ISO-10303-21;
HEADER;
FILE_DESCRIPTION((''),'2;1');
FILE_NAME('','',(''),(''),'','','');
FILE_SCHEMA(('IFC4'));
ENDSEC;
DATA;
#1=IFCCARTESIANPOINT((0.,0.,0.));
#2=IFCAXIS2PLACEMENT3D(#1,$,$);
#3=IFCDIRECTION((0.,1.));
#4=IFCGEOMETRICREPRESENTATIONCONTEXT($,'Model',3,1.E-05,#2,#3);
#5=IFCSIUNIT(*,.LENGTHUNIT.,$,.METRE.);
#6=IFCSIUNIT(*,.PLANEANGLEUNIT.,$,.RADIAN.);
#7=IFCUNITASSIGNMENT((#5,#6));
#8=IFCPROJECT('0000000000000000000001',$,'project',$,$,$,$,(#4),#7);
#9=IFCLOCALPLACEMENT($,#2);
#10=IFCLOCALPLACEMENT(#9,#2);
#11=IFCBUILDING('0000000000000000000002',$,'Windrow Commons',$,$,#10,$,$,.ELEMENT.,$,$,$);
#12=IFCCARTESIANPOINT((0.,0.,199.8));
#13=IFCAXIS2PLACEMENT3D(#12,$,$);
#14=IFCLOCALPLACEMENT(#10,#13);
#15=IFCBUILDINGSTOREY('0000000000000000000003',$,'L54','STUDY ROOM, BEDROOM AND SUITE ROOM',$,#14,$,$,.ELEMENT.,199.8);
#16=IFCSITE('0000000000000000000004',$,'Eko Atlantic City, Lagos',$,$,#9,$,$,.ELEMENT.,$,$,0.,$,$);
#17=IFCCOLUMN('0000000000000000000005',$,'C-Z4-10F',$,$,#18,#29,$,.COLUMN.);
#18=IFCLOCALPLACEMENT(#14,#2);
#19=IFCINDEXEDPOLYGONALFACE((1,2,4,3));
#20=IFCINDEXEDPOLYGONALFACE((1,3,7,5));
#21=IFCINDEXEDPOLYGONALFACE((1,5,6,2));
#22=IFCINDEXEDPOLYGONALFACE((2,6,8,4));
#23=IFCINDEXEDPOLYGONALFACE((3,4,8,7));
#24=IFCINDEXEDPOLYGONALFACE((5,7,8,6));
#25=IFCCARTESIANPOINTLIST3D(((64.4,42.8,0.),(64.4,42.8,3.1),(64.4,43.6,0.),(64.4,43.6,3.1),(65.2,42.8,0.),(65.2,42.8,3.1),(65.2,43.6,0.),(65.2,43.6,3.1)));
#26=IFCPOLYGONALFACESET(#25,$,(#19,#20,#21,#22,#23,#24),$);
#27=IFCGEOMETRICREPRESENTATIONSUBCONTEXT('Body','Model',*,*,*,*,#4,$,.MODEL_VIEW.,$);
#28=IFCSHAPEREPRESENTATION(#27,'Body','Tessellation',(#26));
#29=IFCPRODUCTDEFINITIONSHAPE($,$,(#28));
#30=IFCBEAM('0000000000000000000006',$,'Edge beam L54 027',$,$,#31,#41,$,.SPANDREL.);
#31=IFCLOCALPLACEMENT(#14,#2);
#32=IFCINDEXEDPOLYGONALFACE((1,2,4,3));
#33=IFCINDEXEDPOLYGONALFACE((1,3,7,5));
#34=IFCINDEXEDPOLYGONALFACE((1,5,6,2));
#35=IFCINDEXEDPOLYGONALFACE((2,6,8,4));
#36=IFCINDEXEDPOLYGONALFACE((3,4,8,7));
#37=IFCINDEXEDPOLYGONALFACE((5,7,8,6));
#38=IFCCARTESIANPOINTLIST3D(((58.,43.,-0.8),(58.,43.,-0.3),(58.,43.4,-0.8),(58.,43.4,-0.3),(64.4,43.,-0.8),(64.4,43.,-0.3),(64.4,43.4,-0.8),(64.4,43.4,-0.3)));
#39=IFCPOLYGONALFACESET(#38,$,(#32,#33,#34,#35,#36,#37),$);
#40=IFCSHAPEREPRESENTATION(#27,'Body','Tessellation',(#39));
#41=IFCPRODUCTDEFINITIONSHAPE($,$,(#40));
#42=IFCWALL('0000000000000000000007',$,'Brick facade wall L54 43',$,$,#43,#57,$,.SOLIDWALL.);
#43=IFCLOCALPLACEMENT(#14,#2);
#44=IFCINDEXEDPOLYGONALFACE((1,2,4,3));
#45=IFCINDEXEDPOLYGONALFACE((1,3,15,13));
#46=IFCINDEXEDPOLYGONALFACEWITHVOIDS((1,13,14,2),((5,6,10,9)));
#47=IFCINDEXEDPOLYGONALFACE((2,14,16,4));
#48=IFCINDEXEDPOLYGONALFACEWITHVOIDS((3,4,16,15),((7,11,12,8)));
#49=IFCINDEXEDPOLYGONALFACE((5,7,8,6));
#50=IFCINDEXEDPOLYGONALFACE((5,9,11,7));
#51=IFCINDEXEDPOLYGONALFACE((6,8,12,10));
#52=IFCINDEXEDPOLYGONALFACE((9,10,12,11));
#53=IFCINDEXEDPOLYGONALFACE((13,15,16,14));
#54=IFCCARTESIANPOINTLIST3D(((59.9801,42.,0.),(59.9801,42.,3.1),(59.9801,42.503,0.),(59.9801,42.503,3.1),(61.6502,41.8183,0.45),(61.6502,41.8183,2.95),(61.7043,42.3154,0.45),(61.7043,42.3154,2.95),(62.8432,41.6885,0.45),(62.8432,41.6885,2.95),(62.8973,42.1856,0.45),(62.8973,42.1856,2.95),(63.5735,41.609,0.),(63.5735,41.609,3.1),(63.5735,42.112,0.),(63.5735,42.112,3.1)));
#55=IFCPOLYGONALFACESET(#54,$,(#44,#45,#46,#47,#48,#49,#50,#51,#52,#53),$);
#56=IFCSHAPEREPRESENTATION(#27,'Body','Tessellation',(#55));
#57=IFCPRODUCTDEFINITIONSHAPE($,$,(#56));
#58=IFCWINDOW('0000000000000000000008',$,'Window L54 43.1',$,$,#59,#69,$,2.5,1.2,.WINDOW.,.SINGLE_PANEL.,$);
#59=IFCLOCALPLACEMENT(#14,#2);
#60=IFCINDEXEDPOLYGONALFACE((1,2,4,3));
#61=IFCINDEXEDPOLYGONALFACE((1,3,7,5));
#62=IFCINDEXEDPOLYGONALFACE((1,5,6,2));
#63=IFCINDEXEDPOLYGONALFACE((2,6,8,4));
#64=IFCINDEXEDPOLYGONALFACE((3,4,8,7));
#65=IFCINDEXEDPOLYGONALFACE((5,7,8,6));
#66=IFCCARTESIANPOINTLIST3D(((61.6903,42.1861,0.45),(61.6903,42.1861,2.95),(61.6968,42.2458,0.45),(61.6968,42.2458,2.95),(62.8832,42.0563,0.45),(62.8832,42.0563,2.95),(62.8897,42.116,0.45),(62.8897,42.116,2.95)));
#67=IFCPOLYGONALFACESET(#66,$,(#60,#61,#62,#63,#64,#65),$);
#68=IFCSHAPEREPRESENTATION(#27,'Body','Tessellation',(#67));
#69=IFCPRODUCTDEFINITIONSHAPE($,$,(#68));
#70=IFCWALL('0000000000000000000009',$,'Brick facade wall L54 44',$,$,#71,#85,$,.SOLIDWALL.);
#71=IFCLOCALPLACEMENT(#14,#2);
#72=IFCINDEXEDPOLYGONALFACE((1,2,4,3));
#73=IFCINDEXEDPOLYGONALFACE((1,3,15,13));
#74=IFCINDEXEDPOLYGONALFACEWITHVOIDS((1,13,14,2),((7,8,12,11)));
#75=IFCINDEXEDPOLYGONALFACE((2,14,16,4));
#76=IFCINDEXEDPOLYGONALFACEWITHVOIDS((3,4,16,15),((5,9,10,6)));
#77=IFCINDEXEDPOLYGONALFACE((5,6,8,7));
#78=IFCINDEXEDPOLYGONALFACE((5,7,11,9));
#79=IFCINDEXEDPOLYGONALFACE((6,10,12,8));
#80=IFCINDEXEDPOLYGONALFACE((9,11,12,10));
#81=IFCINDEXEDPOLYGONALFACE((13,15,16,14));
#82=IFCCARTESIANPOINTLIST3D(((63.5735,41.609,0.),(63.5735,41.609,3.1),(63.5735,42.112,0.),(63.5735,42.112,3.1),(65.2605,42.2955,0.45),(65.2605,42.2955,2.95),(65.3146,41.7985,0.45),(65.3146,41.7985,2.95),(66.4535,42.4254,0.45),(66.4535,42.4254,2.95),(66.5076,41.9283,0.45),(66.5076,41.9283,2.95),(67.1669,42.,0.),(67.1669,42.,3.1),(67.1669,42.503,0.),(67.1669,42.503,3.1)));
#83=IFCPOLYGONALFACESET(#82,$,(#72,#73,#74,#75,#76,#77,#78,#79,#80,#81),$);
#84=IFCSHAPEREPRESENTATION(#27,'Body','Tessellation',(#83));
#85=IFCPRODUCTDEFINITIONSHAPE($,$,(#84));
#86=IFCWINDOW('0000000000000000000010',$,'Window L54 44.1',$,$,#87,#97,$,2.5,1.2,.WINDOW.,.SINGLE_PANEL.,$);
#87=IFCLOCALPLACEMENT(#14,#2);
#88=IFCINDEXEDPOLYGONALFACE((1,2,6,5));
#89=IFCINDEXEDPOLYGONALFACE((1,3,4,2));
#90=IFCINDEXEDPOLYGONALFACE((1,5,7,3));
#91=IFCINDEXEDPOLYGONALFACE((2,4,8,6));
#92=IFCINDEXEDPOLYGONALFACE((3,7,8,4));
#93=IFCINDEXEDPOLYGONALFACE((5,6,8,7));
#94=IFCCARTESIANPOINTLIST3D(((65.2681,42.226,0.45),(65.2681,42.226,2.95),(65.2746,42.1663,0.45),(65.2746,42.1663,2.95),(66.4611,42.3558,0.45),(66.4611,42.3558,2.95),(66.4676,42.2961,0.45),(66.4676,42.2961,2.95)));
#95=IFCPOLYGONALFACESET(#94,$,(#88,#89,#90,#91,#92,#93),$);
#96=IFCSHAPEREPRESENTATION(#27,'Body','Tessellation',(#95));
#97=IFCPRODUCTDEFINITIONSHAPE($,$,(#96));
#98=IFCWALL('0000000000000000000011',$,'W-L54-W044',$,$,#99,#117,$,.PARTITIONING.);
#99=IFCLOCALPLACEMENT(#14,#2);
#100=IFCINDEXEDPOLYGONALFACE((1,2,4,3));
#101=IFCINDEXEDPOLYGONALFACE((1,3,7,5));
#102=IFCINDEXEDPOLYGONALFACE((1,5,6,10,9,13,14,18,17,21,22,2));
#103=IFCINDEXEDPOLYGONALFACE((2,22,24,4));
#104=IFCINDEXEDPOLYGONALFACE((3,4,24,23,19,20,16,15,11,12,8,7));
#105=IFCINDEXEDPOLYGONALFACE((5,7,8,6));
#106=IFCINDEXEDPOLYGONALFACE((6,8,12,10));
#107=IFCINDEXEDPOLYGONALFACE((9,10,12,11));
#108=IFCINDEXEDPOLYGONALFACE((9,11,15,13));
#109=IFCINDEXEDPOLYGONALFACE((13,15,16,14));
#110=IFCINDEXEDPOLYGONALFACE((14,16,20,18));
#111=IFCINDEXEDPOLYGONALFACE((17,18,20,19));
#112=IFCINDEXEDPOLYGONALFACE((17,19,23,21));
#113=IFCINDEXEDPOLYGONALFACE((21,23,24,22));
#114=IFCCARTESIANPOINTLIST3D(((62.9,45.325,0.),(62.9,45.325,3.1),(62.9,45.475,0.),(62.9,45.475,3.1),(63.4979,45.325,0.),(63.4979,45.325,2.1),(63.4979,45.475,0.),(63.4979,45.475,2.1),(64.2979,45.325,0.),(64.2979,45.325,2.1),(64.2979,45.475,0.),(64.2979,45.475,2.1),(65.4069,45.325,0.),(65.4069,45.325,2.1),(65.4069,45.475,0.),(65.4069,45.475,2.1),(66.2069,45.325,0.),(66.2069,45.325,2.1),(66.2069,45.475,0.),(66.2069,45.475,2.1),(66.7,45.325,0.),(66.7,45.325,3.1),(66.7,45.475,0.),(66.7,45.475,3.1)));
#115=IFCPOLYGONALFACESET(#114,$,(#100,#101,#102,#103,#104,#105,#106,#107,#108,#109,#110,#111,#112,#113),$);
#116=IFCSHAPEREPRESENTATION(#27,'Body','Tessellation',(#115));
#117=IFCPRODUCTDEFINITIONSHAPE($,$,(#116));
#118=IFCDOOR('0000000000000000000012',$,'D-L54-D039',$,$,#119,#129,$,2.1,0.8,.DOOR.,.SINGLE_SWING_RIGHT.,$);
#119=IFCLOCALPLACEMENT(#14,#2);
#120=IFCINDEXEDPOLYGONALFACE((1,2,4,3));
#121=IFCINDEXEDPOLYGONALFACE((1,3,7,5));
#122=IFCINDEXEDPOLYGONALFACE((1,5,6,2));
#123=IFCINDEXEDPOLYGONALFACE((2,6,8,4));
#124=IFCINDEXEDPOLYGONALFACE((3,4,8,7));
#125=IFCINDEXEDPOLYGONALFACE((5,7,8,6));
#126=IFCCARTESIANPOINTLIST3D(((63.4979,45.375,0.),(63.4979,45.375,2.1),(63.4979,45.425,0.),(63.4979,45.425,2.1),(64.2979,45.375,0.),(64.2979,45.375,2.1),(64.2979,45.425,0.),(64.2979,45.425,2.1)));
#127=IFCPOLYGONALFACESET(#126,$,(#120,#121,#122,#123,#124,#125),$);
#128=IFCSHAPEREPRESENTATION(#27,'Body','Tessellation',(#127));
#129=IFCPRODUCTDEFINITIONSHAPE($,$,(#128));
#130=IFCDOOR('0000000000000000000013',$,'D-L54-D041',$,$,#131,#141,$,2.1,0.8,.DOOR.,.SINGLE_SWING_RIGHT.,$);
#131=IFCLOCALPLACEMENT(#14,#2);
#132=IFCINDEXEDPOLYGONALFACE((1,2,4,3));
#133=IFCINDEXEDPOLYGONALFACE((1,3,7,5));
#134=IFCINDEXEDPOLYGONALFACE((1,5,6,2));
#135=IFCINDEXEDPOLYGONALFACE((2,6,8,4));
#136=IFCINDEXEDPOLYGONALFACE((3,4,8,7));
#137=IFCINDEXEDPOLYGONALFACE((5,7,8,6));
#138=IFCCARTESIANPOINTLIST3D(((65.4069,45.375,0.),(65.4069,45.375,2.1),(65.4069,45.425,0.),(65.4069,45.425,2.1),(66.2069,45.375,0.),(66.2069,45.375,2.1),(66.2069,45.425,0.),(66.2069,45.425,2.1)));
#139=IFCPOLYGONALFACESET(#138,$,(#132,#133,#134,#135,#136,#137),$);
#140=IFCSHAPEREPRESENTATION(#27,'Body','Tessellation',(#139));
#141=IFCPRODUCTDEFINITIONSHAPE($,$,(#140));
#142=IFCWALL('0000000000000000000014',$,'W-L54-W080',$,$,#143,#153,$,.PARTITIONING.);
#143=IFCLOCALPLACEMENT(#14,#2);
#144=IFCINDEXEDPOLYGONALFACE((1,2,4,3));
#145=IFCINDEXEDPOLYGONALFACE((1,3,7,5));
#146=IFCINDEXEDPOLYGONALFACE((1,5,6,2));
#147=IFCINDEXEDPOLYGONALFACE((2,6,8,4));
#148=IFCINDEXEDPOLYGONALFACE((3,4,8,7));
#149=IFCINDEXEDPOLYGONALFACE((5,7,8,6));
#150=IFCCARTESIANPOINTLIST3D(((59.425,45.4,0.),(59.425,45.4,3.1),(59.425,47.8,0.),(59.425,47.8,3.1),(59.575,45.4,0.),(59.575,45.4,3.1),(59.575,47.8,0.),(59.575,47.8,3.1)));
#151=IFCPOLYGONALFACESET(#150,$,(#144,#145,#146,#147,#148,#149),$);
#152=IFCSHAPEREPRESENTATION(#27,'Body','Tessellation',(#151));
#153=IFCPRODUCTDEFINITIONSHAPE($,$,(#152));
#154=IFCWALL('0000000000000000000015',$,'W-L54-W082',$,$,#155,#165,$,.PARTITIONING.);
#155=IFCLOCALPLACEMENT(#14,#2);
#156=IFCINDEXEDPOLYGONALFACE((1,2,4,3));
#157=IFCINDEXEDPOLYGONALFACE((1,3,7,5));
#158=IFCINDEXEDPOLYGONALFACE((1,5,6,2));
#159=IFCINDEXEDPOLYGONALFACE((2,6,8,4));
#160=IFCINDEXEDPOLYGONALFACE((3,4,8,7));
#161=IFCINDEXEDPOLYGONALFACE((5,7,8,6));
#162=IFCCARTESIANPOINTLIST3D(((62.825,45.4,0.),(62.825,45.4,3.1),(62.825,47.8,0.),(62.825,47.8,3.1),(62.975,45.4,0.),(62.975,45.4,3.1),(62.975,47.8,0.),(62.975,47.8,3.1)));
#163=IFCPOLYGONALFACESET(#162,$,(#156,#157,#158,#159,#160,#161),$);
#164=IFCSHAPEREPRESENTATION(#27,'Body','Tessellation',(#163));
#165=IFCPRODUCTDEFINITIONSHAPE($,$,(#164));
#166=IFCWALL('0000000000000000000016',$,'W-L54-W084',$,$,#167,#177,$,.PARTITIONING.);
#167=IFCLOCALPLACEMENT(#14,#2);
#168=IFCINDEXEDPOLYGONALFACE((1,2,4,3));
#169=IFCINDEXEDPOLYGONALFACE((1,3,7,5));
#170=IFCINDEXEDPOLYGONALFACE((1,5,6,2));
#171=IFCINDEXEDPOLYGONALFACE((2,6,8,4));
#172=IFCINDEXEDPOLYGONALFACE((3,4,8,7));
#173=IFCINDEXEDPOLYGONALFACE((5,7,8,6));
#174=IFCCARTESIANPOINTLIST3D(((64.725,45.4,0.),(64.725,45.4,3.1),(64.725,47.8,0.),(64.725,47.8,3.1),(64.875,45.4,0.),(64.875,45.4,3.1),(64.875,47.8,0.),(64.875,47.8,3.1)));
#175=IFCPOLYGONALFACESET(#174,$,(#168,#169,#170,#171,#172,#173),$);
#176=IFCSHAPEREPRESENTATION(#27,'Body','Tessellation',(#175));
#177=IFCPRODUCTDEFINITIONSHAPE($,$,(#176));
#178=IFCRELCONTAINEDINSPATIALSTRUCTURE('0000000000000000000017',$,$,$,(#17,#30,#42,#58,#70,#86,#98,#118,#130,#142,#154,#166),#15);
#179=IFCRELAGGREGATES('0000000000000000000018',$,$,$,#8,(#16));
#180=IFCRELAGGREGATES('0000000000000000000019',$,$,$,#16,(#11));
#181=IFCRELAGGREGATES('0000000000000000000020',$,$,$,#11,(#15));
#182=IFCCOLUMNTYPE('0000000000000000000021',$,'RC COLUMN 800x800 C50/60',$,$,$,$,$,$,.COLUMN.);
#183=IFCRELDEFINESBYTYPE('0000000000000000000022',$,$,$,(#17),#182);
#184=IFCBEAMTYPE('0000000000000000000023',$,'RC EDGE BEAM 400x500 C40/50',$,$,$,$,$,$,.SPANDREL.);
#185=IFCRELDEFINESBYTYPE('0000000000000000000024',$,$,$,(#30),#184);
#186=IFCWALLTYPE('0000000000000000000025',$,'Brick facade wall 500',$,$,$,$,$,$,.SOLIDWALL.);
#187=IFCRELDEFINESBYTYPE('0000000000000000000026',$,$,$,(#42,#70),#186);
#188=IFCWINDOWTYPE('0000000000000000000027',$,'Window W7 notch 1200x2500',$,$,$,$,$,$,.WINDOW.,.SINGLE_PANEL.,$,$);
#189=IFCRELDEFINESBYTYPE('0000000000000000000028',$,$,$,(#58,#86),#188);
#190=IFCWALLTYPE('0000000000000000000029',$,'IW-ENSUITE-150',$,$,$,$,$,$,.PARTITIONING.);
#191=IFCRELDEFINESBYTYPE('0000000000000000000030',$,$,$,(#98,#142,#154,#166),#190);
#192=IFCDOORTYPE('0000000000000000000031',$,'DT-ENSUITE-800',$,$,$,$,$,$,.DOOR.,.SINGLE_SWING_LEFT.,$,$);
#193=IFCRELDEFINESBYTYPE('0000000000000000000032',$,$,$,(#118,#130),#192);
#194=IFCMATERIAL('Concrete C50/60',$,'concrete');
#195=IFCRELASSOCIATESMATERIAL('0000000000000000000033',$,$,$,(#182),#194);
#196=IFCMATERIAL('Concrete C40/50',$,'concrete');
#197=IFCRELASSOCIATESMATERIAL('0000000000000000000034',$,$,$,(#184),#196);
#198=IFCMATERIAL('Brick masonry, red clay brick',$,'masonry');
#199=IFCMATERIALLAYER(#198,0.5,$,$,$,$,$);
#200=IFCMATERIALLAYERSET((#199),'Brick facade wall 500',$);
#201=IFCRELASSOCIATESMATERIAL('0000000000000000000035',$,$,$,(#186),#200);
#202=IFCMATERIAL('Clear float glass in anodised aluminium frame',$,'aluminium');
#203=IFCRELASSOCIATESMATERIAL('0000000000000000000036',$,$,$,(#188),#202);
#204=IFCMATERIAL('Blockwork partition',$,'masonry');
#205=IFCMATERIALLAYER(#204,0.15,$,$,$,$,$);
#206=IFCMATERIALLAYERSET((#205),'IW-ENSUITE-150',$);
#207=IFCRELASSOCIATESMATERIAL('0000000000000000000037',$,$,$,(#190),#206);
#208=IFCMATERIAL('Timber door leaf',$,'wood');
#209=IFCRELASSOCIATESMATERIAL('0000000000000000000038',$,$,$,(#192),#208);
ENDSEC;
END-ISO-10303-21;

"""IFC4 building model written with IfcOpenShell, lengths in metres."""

from ifc_helpers import new_model, si_unit, direction, frame, frame_2d, origin, origin_2d, place, context, subcontext, project, spatial, polyline, rectangle, outline, extrude, material, layer, layer_set, material_profile, profile_set, type_object, element, fill, save


model = new_model("IFC4")

# Units and contexts
model_context = context("Model", 3, precision=1e-05, world=origin(), true_north=direction((0.0, 1.0)))
body_context = subcontext(model_context, "Body", "Model", "MODEL_VIEW")
ifc_project = project(units=[si_unit("LENGTHUNIT", "METRE"), si_unit("PLANEANGLEUNIT", "RADIAN")], contexts=[model_context])

# Site, building, storey
site_placement = place(None, origin())
site = spatial("IfcSite", under=ifc_project, at=site_placement, Name="Eko Atlantic City, Lagos", CompositionType="ELEMENT", RefElevation=0.0)
building_placement = place(site_placement, origin())
building = spatial("IfcBuilding", under=site, at=building_placement, Name="Windrow Commons", CompositionType="ELEMENT")
storey_placement = place(building_placement, frame((0.0, 0.0, 199.8)))
storey = spatial("IfcBuildingStorey", under=building, at=storey_placement, Name="L54", Description="STUDY ROOM, BEDROOM AND SUITE ROOM", CompositionType="ELEMENT", Elevation=199.8)

# Column
ifc_material_1 = material(Name="Concrete C50/60", Category="concrete")
ifc_material_profile_1 = material_profile(ifc_material_1, rectangle(XDim=0.8, YDim=0.8, at=origin_2d()))
ifc_profile_set_1 = profile_set([ifc_material_profile_1], Name="Concrete C50/60")
column_type = type_object("IfcColumnType", Name="RC COLUMN 800x800 C50/60", PredefinedType="COLUMN", material=ifc_profile_set_1)
column_placement = place(storey_placement, frame((64.8, 43.2, 0.0), z_axis=(0.0, 0.0, 1.0), x_axis=(1.0, 0.0, 0.0)))
element("IfcColumn", 1, at=column_placement, inside=storey, type_object=column_type, Name="C-Z4-10F", PredefinedType="COLUMN", context=body_context, shape_type="SweptSolid", body=[
    extrude(rectangle(XDim=0.8, YDim=0.8, at=origin_2d()), origin(), (0.0, 0.0, 1.0), 3.1),
])

# Beam
ifc_material_2 = material(Name="Concrete C40/50", Category="concrete")
ifc_material_profile_2 = material_profile(ifc_material_2, rectangle(XDim=0.4, YDim=0.5, at=origin_2d()))
ifc_profile_set_2 = profile_set([ifc_material_profile_2], Name="Concrete C40/50")
beam_type = type_object("IfcBeamType", Name="RC EDGE BEAM 400x500 C40/50", PredefinedType="SPANDREL", material=ifc_profile_set_2)
beam_placement = place(storey_placement, frame((64.4, 43.2, -0.55), z_axis=(-1.0, 0.0, 0.0), x_axis=(0.0, -1.0, 0.0)))
element("IfcBeam", 2, at=beam_placement, inside=storey, type_object=beam_type, Name="Edge beam L54 027", PredefinedType="SPANDREL", context=body_context, shape_type="SweptSolid", body=[
    extrude(rectangle(XDim=0.4, YDim=0.5, at=origin_2d()), origin(), (0.0, 0.0, 1.0), 6.4),
])

# Walls, openings, windows
ifc_material_3 = material(Name="Brick masonry, red clay brick", Category="masonry")
ifc_layer_1 = layer(ifc_material_3, 0.5)
ifc_layer_set_1 = layer_set([ifc_layer_1], Name="Brick facade wall 500")
wall_type_1 = type_object("IfcWallType", Name="Brick facade wall 500", PredefinedType="SOLIDWALL", material=ifc_layer_set_1)
wall_1_placement = place(storey_placement, frame((59.9801, 42.2515, 0.0), z_axis=(0.0, 0.0, 1.0), x_axis=(0.994132, -0.108172, 0.0)))
wall_1 = element("IfcWall", 3, at=wall_1_placement, inside=storey, type_object=wall_type_1, Name="Brick facade wall L54 43", PredefinedType="SOLIDWALL", context=body_context, shape_type="SweptSolid", body=[
    extrude(outline(polyline([(0.0272, -0.25), (3.6418, -0.25), (3.5874, 0.25), (-0.0272, 0.25), (0.0272, -0.25)])), origin(), (0.0, 0.0, 1.0), 3.1),
])
opening_1_placement = place(wall_1_placement, frame((1.7072, 0.0, 0.45)))
opening_1 = element("IfcOpeningElement", 4, at=opening_1_placement, cuts=wall_1, PredefinedType="OPENING", context=body_context, shape_type="SweptSolid", body=[
    extrude(rectangle(XDim=1.2, YDim=2.5, at=frame_2d((0.6, 1.25))), frame((0.0, 0.26, 0.0), z_axis=(0.0, -1.0, 0.0), x_axis=(1.0, 0.0, 0.0)), (0.0, 0.0, 1.0), 0.52),
])
ifc_material_4 = material(Name="Clear float glass in anodised aluminium frame", Category="aluminium")
window_type = type_object("IfcWindowType", Name="Window W7 notch 1200x2500", PartitioningType="SINGLE_PANEL", PredefinedType="WINDOW", material=ifc_material_4)
window_1_placement = place(opening_1_placement, origin())
window_1 = element("IfcWindow", 5, at=window_1_placement, inside=storey, type_object=window_type, Name="Window L54 43.1", OverallHeight=2.5, OverallWidth=1.2, PartitioningType="SINGLE_PANEL", PredefinedType="WINDOW", context=body_context, shape_type="SweptSolid", body=[
    extrude(rectangle(XDim=1.2, YDim=2.5, at=frame_2d((0.6, 1.25))), frame((0.0, 0.18, 0.0), z_axis=(0.0, -1.0, 0.0), x_axis=(1.0, 0.0, 0.0)), (0.0, 0.0, 1.0), 0.06),
])
fill(opening_1, window_1)
wall_2_placement = place(storey_placement, frame((63.5735, 41.8605, 0.0), z_axis=(0.0, 0.0, 1.0), x_axis=(0.994132, 0.108175, 0.0)))
wall_2 = element("IfcWall", 6, at=wall_2_placement, inside=storey, type_object=wall_type_1, Name="Brick facade wall L54 44", PredefinedType="SOLIDWALL", context=body_context, shape_type="SweptSolid", body=[
    extrude(outline(polyline([(-0.0272, -0.25), (3.5874, -0.25), (3.6418, 0.25), (0.0272, 0.25), (-0.0272, -0.25)])), origin(), (0.0, 0.0, 1.0), 3.1),
])
opening_2_placement = place(wall_2_placement, frame((1.7242, 0.0, 0.45)))
opening_2 = element("IfcOpeningElement", 7, at=opening_2_placement, cuts=wall_2, PredefinedType="OPENING", context=body_context, shape_type="SweptSolid", body=[
    extrude(rectangle(XDim=1.2, YDim=2.5, at=frame_2d((0.6, 1.25))), frame((0.0, 0.26, 0.0), z_axis=(0.0, -1.0, 0.0), x_axis=(1.0, 0.0, 0.0)), (0.0, 0.0, 1.0), 0.52),
])
window_2_placement = place(opening_2_placement, origin())
window_2 = element("IfcWindow", 8, at=window_2_placement, inside=storey, type_object=window_type, Name="Window L54 44.1", OverallHeight=2.5, OverallWidth=1.2, PartitioningType="SINGLE_PANEL", PredefinedType="WINDOW", context=body_context, shape_type="SweptSolid", body=[
    extrude(rectangle(XDim=1.2, YDim=2.5, at=frame_2d((0.6, 1.25))), frame((0.0, 0.18, 0.0), z_axis=(0.0, -1.0, 0.0), x_axis=(1.0, 0.0, 0.0)), (0.0, 0.0, 1.0), 0.06),
])
fill(opening_2, window_2)

# Wall, openings, doors
ifc_material_5 = material(Name="Blockwork partition", Category="masonry")
ifc_layer_2 = layer(ifc_material_5, 0.15)
ifc_layer_set_2 = layer_set([ifc_layer_2], Name="IW-ENSUITE-150")
wall_type_2 = type_object("IfcWallType", Name="IW-ENSUITE-150", PredefinedType="PARTITIONING", material=ifc_layer_set_2)
wall_3_placement = place(storey_placement, frame((62.9, 45.4, 0.0), z_axis=(0.0, 0.0, 1.0), x_axis=(1.0, 0.0, 0.0)))
wall_3 = element("IfcWall", 9, at=wall_3_placement, inside=storey, type_object=wall_type_2, Name="W-L54-W044", PredefinedType="PARTITIONING", context=body_context, shape_type="SweptSolid", body=[
    extrude(rectangle(XDim=3.8, YDim=0.15, at=frame_2d((1.9, 0.0))), origin(), (0.0, 0.0, 1.0), 3.1),
])
opening_3_placement = place(wall_3_placement, frame((0.5979, 0.0, 0.0)))
opening_3 = element("IfcOpeningElement", 10, at=opening_3_placement, cuts=wall_3, PredefinedType="OPENING", context=body_context, shape_type="SweptSolid", body=[
    extrude(rectangle(XDim=0.8, YDim=2.1, at=frame_2d((0.4, 1.05))), frame((0.0, 0.085, 0.0), z_axis=(0.0, -1.0, 0.0), x_axis=(1.0, 0.0, 0.0)), (0.0, 0.0, 1.0), 0.17),
])
opening_4_placement = place(wall_3_placement, frame((2.5069, 0.0, 0.0)))
opening_4 = element("IfcOpeningElement", 11, at=opening_4_placement, cuts=wall_3, PredefinedType="OPENING", context=body_context, shape_type="SweptSolid", body=[
    extrude(rectangle(XDim=0.8, YDim=2.1, at=frame_2d((0.4, 1.05))), frame((0.0, 0.085, 0.0), z_axis=(0.0, -1.0, 0.0), x_axis=(1.0, 0.0, 0.0)), (0.0, 0.0, 1.0), 0.17),
])
ifc_material_6 = material(Name="Timber door leaf", Category="wood")
door_type = type_object("IfcDoorType", Name="DT-ENSUITE-800", OperationType="SINGLE_SWING_LEFT", PredefinedType="DOOR", material=ifc_material_6)
door_1_placement = place(opening_3_placement, origin())
door_1 = element("IfcDoor", 12, at=door_1_placement, inside=storey, type_object=door_type, Name="D-L54-D039", OperationType="SINGLE_SWING_RIGHT", OverallHeight=2.1, OverallWidth=0.8, PredefinedType="DOOR", context=body_context, shape_type="SweptSolid", body=[
    extrude(rectangle(XDim=0.8, YDim=2.1, at=frame_2d((0.4, 1.05))), frame((0.0, 0.025, 0.0), z_axis=(0.0, -1.0, 0.0), x_axis=(1.0, 0.0, 0.0)), (0.0, 0.0, 1.0), 0.05),
])
fill(opening_3, door_1)
door_2_placement = place(opening_4_placement, origin())
door_2 = element("IfcDoor", 13, at=door_2_placement, inside=storey, type_object=door_type, Name="D-L54-D041", OperationType="SINGLE_SWING_RIGHT", OverallHeight=2.1, OverallWidth=0.8, PredefinedType="DOOR", context=body_context, shape_type="SweptSolid", body=[
    extrude(rectangle(XDim=0.8, YDim=2.1, at=frame_2d((0.4, 1.05))), frame((0.0, 0.025, 0.0), z_axis=(0.0, -1.0, 0.0), x_axis=(1.0, 0.0, 0.0)), (0.0, 0.0, 1.0), 0.05),
])
fill(opening_4, door_2)

# Walls
for number, where, z_axis, x_axis, name in (
    (14, (59.5, 45.4, 0.0), (0.0, 0.0, 1.0), (0.0, 1.0, 0.0), "W-L54-W080"),
    (15, (62.9, 45.4, 0.0), (0.0, 0.0, 1.0), (0.0, 1.0, 0.0), "W-L54-W082"),
    (16, (64.8, 45.4, 0.0), (0.0, 0.0, 1.0), (0.0, 1.0, 0.0), "W-L54-W084"),
):
    element("IfcWall", number, at=place(storey_placement, frame(where, z_axis=z_axis, x_axis=x_axis)), inside=storey, type_object=wall_type_2, Name=name, PredefinedType="PARTITIONING", context=body_context, shape_type="SweptSolid", body=[
        extrude(rectangle(XDim=2.4, YDim=0.15, at=frame_2d((1.2, 0.0))), origin(), (0.0, 0.0, 1.0), 3.1),
    ])

save(model, "model.ifc")
